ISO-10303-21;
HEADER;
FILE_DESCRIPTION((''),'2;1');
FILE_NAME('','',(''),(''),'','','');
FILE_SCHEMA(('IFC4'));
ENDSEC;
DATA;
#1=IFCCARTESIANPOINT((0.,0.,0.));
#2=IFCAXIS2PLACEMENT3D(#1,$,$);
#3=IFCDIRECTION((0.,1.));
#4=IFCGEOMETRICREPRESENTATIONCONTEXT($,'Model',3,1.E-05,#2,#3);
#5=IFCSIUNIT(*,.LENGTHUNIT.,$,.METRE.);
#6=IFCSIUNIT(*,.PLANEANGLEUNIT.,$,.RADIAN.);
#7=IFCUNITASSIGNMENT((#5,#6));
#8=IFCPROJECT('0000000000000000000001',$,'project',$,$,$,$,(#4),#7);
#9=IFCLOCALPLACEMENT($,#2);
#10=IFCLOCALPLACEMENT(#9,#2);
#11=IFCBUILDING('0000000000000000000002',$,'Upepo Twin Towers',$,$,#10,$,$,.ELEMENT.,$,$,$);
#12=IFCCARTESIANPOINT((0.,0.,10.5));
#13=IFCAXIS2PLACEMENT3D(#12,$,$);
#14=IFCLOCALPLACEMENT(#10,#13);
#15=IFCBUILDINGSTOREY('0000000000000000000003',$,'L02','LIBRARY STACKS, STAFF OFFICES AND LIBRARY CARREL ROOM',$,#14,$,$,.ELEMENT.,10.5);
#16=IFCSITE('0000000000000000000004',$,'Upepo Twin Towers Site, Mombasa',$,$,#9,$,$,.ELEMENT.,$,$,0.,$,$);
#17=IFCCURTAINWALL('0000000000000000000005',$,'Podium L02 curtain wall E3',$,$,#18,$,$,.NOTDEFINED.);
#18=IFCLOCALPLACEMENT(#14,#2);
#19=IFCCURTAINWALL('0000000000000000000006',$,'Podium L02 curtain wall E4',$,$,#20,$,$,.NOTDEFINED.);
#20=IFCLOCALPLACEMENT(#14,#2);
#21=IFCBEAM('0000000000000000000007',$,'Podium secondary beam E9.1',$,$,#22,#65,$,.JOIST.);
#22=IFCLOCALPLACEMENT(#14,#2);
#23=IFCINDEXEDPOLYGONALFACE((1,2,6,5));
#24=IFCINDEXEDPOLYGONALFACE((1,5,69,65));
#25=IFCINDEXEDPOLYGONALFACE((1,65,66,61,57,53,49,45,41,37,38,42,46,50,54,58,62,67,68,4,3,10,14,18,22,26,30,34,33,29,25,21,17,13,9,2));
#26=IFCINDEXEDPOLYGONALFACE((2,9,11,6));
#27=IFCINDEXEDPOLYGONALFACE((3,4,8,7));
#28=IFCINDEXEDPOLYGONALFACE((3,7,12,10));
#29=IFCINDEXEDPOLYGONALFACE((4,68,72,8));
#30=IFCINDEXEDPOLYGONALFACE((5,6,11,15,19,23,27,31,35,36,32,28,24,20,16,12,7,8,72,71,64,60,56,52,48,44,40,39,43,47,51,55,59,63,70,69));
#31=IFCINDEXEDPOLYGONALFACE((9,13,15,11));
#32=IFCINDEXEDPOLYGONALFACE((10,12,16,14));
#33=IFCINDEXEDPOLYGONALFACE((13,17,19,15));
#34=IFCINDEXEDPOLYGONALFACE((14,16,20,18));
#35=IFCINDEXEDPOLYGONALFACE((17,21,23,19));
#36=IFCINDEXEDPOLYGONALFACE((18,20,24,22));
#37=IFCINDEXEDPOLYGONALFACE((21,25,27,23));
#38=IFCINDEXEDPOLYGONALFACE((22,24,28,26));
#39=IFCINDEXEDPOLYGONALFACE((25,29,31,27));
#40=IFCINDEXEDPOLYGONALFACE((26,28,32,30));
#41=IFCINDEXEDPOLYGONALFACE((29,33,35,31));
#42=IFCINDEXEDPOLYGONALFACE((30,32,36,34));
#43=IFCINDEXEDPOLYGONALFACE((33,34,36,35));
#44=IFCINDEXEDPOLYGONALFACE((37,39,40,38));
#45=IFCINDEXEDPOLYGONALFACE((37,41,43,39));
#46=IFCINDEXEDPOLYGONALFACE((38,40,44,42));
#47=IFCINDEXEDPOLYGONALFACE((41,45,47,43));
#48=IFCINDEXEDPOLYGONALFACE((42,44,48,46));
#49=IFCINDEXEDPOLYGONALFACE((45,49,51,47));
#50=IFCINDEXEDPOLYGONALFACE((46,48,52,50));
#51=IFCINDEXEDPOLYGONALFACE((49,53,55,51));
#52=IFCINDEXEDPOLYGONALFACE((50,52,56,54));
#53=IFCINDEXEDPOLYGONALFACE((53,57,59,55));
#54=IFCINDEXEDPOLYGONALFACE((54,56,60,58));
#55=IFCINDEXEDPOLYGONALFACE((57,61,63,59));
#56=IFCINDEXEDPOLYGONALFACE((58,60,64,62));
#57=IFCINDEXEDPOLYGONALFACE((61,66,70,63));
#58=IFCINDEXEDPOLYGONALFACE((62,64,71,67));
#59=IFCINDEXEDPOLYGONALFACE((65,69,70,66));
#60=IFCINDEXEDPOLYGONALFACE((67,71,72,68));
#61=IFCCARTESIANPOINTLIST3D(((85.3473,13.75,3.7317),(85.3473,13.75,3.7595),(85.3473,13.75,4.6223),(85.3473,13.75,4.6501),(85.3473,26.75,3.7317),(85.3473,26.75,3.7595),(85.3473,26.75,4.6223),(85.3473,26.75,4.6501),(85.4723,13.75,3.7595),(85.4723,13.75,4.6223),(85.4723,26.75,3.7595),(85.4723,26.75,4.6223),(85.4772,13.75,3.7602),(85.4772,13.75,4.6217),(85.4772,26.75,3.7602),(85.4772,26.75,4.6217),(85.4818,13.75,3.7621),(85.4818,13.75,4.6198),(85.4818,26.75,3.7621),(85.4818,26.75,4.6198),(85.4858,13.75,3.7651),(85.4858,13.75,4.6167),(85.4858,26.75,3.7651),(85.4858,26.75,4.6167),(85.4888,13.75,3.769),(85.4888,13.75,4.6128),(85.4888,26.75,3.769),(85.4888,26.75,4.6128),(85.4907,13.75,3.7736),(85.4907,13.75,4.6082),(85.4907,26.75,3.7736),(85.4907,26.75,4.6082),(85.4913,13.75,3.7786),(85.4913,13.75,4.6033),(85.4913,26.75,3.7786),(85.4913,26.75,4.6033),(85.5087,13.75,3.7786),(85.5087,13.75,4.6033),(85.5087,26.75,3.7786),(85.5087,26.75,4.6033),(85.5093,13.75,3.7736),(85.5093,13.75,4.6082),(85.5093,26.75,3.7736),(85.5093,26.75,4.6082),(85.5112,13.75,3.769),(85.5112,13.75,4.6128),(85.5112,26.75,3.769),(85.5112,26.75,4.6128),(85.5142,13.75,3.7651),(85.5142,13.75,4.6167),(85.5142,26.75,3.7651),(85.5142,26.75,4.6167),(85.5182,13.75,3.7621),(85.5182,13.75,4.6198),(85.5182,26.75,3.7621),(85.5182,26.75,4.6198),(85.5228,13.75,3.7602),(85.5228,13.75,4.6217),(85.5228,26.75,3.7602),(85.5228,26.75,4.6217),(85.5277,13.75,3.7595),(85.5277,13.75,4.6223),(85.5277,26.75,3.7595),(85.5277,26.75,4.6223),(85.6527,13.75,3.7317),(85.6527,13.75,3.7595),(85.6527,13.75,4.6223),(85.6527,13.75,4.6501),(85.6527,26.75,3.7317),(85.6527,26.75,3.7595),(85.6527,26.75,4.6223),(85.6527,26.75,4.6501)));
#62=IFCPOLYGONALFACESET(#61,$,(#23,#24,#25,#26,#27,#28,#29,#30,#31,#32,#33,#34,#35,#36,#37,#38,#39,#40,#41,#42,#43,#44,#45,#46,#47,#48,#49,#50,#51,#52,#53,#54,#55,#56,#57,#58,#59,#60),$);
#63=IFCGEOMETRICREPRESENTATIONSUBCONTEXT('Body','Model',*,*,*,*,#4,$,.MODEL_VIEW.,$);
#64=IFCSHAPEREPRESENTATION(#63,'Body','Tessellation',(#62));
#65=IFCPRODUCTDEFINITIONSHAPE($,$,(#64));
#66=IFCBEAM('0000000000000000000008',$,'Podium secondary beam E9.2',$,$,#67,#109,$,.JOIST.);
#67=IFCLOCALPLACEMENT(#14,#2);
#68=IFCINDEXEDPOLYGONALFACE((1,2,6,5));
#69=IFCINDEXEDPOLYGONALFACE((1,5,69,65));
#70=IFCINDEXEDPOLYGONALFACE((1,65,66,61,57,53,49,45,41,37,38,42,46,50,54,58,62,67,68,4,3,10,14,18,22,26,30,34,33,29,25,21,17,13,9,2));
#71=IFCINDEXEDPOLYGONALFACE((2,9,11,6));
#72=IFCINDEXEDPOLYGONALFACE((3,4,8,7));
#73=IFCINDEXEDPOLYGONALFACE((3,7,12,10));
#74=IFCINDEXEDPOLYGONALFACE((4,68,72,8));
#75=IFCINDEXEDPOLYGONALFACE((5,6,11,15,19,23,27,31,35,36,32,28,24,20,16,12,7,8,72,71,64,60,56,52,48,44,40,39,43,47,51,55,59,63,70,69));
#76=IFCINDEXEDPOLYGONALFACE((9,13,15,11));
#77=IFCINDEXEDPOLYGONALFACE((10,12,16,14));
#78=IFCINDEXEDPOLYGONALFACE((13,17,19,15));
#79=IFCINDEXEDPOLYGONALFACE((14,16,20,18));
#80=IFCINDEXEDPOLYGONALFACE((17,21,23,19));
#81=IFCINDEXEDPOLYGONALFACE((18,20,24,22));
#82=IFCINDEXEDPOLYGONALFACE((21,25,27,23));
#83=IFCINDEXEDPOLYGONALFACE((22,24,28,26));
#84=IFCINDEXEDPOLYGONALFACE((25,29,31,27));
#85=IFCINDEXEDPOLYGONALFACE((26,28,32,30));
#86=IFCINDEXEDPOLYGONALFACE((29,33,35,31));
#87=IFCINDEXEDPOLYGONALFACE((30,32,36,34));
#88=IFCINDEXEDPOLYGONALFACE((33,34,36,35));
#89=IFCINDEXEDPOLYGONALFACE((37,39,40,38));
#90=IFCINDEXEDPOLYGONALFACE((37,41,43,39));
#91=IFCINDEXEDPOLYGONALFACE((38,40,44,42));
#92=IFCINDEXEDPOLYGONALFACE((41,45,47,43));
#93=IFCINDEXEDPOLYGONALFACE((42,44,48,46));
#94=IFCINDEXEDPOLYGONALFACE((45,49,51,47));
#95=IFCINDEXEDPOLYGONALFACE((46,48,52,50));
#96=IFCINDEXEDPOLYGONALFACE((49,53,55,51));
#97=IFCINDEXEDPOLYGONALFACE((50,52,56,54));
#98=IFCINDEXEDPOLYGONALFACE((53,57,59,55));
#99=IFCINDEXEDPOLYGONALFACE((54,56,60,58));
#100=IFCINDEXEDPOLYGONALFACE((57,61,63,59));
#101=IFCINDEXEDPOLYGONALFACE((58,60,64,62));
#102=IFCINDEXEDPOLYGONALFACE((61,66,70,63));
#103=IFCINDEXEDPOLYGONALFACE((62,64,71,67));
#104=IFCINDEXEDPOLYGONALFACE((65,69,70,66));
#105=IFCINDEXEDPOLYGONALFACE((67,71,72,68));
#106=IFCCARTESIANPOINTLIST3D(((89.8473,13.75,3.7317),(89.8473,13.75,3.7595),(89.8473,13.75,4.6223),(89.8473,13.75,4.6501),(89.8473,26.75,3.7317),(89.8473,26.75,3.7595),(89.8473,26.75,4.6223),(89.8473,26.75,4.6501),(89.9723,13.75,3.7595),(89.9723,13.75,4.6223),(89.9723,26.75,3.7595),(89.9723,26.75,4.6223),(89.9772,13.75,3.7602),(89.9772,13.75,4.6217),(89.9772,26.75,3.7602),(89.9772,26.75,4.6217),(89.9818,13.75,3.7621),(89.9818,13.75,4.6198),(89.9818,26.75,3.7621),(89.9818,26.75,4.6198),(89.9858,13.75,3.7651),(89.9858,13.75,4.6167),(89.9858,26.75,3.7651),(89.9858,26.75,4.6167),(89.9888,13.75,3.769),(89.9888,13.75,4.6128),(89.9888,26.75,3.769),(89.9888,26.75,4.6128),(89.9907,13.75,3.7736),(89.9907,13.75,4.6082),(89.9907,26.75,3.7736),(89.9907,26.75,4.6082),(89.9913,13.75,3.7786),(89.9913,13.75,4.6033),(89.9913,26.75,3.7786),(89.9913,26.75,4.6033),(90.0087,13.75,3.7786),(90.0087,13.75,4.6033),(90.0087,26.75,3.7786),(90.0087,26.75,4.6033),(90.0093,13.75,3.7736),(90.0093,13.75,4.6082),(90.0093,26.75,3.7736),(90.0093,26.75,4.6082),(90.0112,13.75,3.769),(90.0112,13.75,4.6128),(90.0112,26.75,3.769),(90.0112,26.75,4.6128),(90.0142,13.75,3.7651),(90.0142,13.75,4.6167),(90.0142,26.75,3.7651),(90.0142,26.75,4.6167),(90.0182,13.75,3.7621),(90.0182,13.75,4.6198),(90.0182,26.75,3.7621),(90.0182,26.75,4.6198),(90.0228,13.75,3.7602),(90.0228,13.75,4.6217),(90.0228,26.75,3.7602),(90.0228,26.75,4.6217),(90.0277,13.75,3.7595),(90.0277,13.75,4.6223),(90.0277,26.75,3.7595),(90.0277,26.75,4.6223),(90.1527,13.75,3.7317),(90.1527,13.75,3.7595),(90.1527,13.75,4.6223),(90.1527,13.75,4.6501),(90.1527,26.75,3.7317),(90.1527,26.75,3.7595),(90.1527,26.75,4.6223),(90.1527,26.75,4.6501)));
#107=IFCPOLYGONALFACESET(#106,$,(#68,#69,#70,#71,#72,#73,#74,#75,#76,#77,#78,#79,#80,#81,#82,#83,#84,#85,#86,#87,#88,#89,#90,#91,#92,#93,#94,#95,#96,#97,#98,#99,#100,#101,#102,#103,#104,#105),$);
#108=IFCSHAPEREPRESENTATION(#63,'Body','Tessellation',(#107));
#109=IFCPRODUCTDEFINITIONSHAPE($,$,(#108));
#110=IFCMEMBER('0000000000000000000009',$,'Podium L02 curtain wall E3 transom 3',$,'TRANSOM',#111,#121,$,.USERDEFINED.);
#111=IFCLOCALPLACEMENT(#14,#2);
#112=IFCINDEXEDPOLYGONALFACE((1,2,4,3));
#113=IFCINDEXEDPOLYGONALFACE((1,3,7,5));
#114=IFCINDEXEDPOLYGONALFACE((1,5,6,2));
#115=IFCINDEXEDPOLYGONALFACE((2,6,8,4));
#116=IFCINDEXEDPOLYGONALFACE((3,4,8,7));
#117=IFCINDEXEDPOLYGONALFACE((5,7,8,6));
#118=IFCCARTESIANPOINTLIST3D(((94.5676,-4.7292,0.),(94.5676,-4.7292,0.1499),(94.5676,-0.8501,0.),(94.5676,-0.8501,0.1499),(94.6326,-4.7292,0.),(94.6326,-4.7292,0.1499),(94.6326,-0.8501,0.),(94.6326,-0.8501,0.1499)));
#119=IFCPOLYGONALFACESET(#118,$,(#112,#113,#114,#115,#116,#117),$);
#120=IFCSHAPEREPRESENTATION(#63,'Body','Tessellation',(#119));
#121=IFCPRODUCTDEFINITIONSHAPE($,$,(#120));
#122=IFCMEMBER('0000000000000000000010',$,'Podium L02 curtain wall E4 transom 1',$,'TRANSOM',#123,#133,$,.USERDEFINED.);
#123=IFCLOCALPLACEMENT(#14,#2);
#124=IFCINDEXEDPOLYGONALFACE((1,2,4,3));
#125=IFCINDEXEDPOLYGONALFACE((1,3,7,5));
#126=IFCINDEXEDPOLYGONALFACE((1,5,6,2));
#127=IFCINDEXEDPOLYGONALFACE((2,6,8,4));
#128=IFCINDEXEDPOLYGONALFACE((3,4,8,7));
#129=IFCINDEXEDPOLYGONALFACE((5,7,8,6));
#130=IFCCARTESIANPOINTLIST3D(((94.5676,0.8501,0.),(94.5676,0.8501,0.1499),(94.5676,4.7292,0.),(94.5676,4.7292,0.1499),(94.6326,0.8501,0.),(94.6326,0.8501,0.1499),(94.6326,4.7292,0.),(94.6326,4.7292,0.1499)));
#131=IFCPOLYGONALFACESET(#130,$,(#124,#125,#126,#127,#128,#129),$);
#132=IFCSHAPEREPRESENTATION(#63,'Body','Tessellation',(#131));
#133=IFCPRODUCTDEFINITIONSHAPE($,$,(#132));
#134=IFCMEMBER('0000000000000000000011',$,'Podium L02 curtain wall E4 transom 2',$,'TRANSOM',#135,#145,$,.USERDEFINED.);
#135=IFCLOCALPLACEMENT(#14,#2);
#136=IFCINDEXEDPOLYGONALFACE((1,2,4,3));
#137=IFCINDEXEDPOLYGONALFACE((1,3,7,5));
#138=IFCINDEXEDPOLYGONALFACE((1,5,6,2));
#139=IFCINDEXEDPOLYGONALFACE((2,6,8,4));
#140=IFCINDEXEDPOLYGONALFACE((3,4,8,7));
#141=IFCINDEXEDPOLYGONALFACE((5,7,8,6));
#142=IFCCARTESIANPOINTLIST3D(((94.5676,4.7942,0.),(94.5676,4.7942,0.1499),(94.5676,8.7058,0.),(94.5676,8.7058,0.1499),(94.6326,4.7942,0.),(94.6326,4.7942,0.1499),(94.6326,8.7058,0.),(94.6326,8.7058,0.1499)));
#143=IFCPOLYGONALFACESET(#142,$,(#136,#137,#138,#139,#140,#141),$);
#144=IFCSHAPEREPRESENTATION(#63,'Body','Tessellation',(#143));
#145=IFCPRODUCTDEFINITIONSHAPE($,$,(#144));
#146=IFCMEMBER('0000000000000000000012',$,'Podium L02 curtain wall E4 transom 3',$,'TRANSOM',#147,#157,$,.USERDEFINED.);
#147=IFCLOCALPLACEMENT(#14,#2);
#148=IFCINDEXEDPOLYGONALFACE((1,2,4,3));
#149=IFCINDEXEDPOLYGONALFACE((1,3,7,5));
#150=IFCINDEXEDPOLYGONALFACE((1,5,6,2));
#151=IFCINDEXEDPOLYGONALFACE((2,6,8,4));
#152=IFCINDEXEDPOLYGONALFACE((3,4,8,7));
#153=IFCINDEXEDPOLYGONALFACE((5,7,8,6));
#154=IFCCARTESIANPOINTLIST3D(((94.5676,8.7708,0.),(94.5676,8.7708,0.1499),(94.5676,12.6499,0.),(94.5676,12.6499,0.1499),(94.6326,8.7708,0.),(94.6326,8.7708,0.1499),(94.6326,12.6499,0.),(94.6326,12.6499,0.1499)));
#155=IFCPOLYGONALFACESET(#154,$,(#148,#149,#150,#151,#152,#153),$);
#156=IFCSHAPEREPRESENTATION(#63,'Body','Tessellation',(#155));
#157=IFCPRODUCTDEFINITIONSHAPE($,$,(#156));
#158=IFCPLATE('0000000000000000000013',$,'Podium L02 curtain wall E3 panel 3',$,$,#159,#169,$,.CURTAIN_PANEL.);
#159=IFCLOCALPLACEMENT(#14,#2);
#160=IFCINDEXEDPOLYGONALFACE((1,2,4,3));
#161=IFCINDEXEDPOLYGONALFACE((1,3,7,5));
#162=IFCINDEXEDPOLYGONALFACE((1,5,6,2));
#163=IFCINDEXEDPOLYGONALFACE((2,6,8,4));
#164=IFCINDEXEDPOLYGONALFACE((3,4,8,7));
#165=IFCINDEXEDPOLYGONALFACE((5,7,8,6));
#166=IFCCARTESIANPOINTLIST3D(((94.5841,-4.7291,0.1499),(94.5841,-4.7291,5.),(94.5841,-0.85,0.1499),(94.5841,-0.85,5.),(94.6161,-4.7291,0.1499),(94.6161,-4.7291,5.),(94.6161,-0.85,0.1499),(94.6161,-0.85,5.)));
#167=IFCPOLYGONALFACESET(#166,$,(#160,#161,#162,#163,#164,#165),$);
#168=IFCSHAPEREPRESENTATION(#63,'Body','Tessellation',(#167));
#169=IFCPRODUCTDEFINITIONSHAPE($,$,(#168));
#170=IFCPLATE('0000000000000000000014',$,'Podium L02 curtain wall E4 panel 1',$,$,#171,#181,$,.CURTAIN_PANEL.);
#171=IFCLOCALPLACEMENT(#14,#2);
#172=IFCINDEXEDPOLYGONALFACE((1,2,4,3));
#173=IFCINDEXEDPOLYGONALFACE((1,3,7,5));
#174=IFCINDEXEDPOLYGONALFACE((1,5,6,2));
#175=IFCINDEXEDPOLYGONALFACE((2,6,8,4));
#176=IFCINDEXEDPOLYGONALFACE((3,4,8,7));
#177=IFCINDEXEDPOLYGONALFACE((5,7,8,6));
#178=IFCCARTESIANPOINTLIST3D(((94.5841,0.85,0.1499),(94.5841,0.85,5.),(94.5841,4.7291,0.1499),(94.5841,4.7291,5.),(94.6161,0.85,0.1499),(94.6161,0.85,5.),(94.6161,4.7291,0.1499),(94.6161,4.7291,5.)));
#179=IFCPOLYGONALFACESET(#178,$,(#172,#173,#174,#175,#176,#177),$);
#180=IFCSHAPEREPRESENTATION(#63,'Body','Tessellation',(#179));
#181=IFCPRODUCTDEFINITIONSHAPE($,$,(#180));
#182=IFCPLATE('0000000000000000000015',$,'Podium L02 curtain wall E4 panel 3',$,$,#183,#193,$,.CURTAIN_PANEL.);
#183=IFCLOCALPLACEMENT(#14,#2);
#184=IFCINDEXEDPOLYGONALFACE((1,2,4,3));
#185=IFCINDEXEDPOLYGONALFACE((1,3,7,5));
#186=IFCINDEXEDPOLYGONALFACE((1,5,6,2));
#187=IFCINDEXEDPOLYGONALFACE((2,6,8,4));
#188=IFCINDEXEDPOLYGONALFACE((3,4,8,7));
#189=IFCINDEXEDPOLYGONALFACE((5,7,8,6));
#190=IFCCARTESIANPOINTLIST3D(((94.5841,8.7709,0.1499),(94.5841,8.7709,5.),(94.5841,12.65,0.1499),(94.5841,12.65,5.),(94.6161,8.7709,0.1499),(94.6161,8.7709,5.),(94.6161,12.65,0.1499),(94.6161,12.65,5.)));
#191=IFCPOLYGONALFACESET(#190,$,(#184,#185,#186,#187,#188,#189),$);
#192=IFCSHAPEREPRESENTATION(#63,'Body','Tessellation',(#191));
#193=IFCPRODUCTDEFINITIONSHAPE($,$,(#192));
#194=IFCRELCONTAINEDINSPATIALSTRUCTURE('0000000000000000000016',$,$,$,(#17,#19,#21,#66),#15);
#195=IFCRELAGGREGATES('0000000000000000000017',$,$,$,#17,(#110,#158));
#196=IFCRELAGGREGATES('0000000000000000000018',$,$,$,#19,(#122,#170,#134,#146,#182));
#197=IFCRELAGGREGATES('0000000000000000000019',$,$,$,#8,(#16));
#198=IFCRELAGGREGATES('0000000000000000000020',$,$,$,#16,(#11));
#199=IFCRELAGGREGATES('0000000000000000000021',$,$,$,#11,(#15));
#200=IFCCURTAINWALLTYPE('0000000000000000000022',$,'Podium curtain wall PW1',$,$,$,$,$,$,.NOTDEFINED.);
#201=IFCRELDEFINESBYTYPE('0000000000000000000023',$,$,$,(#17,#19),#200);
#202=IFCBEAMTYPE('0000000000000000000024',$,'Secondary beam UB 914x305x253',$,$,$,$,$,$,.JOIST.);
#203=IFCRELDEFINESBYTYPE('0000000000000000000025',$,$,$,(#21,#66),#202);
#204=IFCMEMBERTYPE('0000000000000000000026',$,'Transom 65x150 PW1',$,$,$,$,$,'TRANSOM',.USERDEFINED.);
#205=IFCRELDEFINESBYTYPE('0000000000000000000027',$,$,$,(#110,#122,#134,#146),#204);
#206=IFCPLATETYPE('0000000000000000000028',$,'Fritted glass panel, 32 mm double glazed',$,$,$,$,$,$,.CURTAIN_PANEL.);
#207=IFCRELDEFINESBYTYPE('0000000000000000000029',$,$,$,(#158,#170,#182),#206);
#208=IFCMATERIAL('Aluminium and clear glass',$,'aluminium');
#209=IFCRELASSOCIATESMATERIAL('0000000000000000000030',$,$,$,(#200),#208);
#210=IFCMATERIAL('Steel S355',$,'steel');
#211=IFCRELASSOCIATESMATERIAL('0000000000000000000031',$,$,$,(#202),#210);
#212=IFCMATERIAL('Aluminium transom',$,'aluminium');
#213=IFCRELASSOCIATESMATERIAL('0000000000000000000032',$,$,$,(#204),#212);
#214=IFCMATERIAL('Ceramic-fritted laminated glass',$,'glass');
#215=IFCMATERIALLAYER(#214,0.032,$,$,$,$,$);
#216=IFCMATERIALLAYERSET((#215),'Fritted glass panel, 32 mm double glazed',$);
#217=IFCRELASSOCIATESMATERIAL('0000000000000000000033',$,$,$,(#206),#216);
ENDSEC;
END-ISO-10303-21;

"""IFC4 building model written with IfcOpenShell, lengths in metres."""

from ifc_helpers import new_model, si_unit, direction, frame, origin, origin_2d, place, context, subcontext, project, spatial, rectangle, i_section, extrude, material, layer, layer_set, material_profile, profile_set, type_object, element, aggregate, save


model = new_model("IFC4")

# Units and contexts
model_context = context("Model", 3, precision=1e-05, world=origin(), true_north=direction((0.0, 1.0)))
body_context = subcontext(model_context, "Body", "Model", "MODEL_VIEW")
ifc_project = project(units=[si_unit("LENGTHUNIT", "METRE"), si_unit("PLANEANGLEUNIT", "RADIAN")], contexts=[model_context])

# Site, building, storey
site_placement = place(None, origin())
site = spatial("IfcSite", under=ifc_project, at=site_placement, Name="Upepo Twin Towers Site, Mombasa", CompositionType="ELEMENT", RefElevation=0.0)
building_placement = place(site_placement, origin())
building = spatial("IfcBuilding", under=site, at=building_placement, Name="Upepo Twin Towers", CompositionType="ELEMENT")
storey_placement = place(building_placement, frame((0.0, 0.0, 10.5)))
storey = spatial("IfcBuildingStorey", under=building, at=storey_placement, Name="L02", Description="LIBRARY STACKS, STAFF OFFICES AND LIBRARY CARREL ROOM", CompositionType="ELEMENT", Elevation=10.5)

# Curtain walls
ifc_material_1 = material(Name="Aluminium and clear glass", Category="aluminium")
curtain_wall_type = type_object("IfcCurtainWallType", Name="Podium curtain wall PW1", PredefinedType="NOTDEFINED", material=ifc_material_1)
curtain_wall_1_placement = place(storey_placement, origin())
curtain_wall_1 = element("IfcCurtainWall", 1, at=curtain_wall_1_placement, inside=storey, type_object=curtain_wall_type, Name="Podium L02 curtain wall E3", PredefinedType="NOTDEFINED")
curtain_wall_2_placement = place(storey_placement, origin())
curtain_wall_2 = element("IfcCurtainWall", 2, at=curtain_wall_2_placement, inside=storey, type_object=curtain_wall_type, Name="Podium L02 curtain wall E4", PredefinedType="NOTDEFINED")

# Beams
ifc_material_2 = material(Name="Steel S355", Category="steel")
ifc_material_profile_1 = material_profile(ifc_material_2, i_section(OverallWidth=0.3054, OverallDepth=0.9185, WebThickness=0.0173, FlangeThickness=0.0278, FilletRadius=0.019, at=origin_2d()), Name="UB 914x305x253")
ifc_profile_set_1 = profile_set([ifc_material_profile_1], Name="Steel S355")
beam_type_1 = type_object("IfcBeamType", Name="Secondary beam UB 914x305x253", PredefinedType="JOIST", material=ifc_profile_set_1)
for number, where, z_axis, x_axis, name in (
    (3, (85.5, 13.75, 4.1909), (0.0, 1.0, 0.0), (-1.0, 0.0, 0.0), "Podium secondary beam E9.1"),
    (4, (90.0, 13.75, 4.1909), (0.0, 1.0, 0.0), (-1.0, 0.0, 0.0), "Podium secondary beam E9.2"),
):
    element("IfcBeam", number, at=place(storey_placement, frame(where, z_axis=z_axis, x_axis=x_axis)), inside=storey, type_object=beam_type_1, Name=name, PredefinedType="JOIST", context=body_context, shape_type="SweptSolid", body=[
        extrude(i_section(OverallWidth=0.3054, OverallDepth=0.9185, WebThickness=0.0173, FlangeThickness=0.0278, FilletRadius=0.019, at=origin_2d()), origin(), (0.0, 0.0, 1.0), 13.0),
    ])

# Members
ifc_material_3 = material(Name="Aluminium transom", Category="aluminium")
ifc_material_profile_2 = material_profile(ifc_material_3, rectangle(XDim=0.0649, YDim=0.1499, at=origin_2d()), Name="TRANSOM 65x150 PODIUM")
ifc_profile_set_2 = profile_set([ifc_material_profile_2], Name="Aluminium transom")
member_type_1 = type_object("IfcMemberType", Name="Transom 65x150 PW1", ElementType="TRANSOM", PredefinedType="USERDEFINED", material=ifc_profile_set_2)
member_1_placement = place(storey_placement, frame((94.6001, -4.7292, 0.075), z_axis=(0.0, 1.0, 0.0), x_axis=(-1.0, 0.0, 0.0)))
member_1 = element("IfcMember", 5, at=member_1_placement, type_object=member_type_1, Name="Podium L02 curtain wall E3 transom 3", ObjectType="TRANSOM", PredefinedType="USERDEFINED", context=body_context, shape_type="SweptSolid", body=[
    extrude(rectangle(XDim=0.0649, YDim=0.1499, at=origin_2d()), origin(), (0.0, 0.0, 1.0), 3.8792),
])
member_2_placement = place(storey_placement, frame((94.6001, 0.8501, 0.075), z_axis=(0.0, 1.0, 0.0), x_axis=(-1.0, 0.0, 0.0)))
member_2 = element("IfcMember", 6, at=member_2_placement, type_object=member_type_1, Name="Podium L02 curtain wall E4 transom 1", ObjectType="TRANSOM", PredefinedType="USERDEFINED", context=body_context, shape_type="SweptSolid", body=[
    extrude(rectangle(XDim=0.0649, YDim=0.1499, at=origin_2d()), origin(), (0.0, 0.0, 1.0), 3.8792),
])
member_3_placement = place(storey_placement, frame((94.6001, 4.7942, 0.075), z_axis=(0.0, 1.0, 0.0), x_axis=(-1.0, 0.0, 0.0)))
member_3 = element("IfcMember", 7, at=member_3_placement, type_object=member_type_1, Name="Podium L02 curtain wall E4 transom 2", ObjectType="TRANSOM", PredefinedType="USERDEFINED", context=body_context, shape_type="SweptSolid", body=[
    extrude(rectangle(XDim=0.0649, YDim=0.1499, at=origin_2d()), origin(), (0.0, 0.0, 1.0), 3.9116),
])
member_4_placement = place(storey_placement, frame((94.6001, 8.7708, 0.075), z_axis=(0.0, 1.0, 0.0), x_axis=(-1.0, 0.0, 0.0)))
member_4 = element("IfcMember", 8, at=member_4_placement, type_object=member_type_1, Name="Podium L02 curtain wall E4 transom 3", ObjectType="TRANSOM", PredefinedType="USERDEFINED", context=body_context, shape_type="SweptSolid", body=[
    extrude(rectangle(XDim=0.0649, YDim=0.1499, at=origin_2d()), origin(), (0.0, 0.0, 1.0), 3.8792),
])

# Plates
ifc_material_4 = material(Name="Ceramic-fritted laminated glass", Category="glass")
ifc_layer_1 = layer(ifc_material_4, 0.032)
ifc_layer_set_1 = layer_set([ifc_layer_1], Name="Fritted glass panel, 32 mm double glazed")
plate_type_1 = type_object("IfcPlateType", Name="Fritted glass panel, 32 mm double glazed", PredefinedType="CURTAIN_PANEL", material=ifc_layer_set_1)
plate_1_placement = place(storey_placement, frame((94.6001, -2.7896, 0.1499), z_axis=(0.0, 0.0, 1.0), x_axis=(0.0, 1.0, 0.0)))
plate_1 = element("IfcPlate", 9, at=plate_1_placement, type_object=plate_type_1, Name="Podium L02 curtain wall E3 panel 3", PredefinedType="CURTAIN_PANEL", context=body_context, shape_type="SweptSolid", body=[
    extrude(rectangle(XDim=3.8792, YDim=0.032, at=origin_2d()), origin(), (0.0, 0.0, 1.0), 4.8501),
])
plate_2_placement = place(storey_placement, frame((94.6001, 2.7896, 0.1499), z_axis=(0.0, 0.0, 1.0), x_axis=(0.0, 1.0, 0.0)))
plate_2 = element("IfcPlate", 10, at=plate_2_placement, type_object=plate_type_1, Name="Podium L02 curtain wall E4 panel 1", PredefinedType="CURTAIN_PANEL", context=body_context, shape_type="SweptSolid", body=[
    extrude(rectangle(XDim=3.8792, YDim=0.032, at=origin_2d()), origin(), (0.0, 0.0, 1.0), 4.8501),
])
plate_3_placement = place(storey_placement, frame((94.6001, 10.7104, 0.1499), z_axis=(0.0, 0.0, 1.0), x_axis=(0.0, 1.0, 0.0)))
plate_3 = element("IfcPlate", 11, at=plate_3_placement, type_object=plate_type_1, Name="Podium L02 curtain wall E4 panel 3", PredefinedType="CURTAIN_PANEL", context=body_context, shape_type="SweptSolid", body=[
    extrude(rectangle(XDim=3.8792, YDim=0.032, at=origin_2d()), origin(), (0.0, 0.0, 1.0), 4.8501),
])
aggregate(curtain_wall_1, [member_1, plate_1])
aggregate(curtain_wall_2, [member_2, plate_2, member_3, member_4, plate_3])

save(model, "model.ifc")
